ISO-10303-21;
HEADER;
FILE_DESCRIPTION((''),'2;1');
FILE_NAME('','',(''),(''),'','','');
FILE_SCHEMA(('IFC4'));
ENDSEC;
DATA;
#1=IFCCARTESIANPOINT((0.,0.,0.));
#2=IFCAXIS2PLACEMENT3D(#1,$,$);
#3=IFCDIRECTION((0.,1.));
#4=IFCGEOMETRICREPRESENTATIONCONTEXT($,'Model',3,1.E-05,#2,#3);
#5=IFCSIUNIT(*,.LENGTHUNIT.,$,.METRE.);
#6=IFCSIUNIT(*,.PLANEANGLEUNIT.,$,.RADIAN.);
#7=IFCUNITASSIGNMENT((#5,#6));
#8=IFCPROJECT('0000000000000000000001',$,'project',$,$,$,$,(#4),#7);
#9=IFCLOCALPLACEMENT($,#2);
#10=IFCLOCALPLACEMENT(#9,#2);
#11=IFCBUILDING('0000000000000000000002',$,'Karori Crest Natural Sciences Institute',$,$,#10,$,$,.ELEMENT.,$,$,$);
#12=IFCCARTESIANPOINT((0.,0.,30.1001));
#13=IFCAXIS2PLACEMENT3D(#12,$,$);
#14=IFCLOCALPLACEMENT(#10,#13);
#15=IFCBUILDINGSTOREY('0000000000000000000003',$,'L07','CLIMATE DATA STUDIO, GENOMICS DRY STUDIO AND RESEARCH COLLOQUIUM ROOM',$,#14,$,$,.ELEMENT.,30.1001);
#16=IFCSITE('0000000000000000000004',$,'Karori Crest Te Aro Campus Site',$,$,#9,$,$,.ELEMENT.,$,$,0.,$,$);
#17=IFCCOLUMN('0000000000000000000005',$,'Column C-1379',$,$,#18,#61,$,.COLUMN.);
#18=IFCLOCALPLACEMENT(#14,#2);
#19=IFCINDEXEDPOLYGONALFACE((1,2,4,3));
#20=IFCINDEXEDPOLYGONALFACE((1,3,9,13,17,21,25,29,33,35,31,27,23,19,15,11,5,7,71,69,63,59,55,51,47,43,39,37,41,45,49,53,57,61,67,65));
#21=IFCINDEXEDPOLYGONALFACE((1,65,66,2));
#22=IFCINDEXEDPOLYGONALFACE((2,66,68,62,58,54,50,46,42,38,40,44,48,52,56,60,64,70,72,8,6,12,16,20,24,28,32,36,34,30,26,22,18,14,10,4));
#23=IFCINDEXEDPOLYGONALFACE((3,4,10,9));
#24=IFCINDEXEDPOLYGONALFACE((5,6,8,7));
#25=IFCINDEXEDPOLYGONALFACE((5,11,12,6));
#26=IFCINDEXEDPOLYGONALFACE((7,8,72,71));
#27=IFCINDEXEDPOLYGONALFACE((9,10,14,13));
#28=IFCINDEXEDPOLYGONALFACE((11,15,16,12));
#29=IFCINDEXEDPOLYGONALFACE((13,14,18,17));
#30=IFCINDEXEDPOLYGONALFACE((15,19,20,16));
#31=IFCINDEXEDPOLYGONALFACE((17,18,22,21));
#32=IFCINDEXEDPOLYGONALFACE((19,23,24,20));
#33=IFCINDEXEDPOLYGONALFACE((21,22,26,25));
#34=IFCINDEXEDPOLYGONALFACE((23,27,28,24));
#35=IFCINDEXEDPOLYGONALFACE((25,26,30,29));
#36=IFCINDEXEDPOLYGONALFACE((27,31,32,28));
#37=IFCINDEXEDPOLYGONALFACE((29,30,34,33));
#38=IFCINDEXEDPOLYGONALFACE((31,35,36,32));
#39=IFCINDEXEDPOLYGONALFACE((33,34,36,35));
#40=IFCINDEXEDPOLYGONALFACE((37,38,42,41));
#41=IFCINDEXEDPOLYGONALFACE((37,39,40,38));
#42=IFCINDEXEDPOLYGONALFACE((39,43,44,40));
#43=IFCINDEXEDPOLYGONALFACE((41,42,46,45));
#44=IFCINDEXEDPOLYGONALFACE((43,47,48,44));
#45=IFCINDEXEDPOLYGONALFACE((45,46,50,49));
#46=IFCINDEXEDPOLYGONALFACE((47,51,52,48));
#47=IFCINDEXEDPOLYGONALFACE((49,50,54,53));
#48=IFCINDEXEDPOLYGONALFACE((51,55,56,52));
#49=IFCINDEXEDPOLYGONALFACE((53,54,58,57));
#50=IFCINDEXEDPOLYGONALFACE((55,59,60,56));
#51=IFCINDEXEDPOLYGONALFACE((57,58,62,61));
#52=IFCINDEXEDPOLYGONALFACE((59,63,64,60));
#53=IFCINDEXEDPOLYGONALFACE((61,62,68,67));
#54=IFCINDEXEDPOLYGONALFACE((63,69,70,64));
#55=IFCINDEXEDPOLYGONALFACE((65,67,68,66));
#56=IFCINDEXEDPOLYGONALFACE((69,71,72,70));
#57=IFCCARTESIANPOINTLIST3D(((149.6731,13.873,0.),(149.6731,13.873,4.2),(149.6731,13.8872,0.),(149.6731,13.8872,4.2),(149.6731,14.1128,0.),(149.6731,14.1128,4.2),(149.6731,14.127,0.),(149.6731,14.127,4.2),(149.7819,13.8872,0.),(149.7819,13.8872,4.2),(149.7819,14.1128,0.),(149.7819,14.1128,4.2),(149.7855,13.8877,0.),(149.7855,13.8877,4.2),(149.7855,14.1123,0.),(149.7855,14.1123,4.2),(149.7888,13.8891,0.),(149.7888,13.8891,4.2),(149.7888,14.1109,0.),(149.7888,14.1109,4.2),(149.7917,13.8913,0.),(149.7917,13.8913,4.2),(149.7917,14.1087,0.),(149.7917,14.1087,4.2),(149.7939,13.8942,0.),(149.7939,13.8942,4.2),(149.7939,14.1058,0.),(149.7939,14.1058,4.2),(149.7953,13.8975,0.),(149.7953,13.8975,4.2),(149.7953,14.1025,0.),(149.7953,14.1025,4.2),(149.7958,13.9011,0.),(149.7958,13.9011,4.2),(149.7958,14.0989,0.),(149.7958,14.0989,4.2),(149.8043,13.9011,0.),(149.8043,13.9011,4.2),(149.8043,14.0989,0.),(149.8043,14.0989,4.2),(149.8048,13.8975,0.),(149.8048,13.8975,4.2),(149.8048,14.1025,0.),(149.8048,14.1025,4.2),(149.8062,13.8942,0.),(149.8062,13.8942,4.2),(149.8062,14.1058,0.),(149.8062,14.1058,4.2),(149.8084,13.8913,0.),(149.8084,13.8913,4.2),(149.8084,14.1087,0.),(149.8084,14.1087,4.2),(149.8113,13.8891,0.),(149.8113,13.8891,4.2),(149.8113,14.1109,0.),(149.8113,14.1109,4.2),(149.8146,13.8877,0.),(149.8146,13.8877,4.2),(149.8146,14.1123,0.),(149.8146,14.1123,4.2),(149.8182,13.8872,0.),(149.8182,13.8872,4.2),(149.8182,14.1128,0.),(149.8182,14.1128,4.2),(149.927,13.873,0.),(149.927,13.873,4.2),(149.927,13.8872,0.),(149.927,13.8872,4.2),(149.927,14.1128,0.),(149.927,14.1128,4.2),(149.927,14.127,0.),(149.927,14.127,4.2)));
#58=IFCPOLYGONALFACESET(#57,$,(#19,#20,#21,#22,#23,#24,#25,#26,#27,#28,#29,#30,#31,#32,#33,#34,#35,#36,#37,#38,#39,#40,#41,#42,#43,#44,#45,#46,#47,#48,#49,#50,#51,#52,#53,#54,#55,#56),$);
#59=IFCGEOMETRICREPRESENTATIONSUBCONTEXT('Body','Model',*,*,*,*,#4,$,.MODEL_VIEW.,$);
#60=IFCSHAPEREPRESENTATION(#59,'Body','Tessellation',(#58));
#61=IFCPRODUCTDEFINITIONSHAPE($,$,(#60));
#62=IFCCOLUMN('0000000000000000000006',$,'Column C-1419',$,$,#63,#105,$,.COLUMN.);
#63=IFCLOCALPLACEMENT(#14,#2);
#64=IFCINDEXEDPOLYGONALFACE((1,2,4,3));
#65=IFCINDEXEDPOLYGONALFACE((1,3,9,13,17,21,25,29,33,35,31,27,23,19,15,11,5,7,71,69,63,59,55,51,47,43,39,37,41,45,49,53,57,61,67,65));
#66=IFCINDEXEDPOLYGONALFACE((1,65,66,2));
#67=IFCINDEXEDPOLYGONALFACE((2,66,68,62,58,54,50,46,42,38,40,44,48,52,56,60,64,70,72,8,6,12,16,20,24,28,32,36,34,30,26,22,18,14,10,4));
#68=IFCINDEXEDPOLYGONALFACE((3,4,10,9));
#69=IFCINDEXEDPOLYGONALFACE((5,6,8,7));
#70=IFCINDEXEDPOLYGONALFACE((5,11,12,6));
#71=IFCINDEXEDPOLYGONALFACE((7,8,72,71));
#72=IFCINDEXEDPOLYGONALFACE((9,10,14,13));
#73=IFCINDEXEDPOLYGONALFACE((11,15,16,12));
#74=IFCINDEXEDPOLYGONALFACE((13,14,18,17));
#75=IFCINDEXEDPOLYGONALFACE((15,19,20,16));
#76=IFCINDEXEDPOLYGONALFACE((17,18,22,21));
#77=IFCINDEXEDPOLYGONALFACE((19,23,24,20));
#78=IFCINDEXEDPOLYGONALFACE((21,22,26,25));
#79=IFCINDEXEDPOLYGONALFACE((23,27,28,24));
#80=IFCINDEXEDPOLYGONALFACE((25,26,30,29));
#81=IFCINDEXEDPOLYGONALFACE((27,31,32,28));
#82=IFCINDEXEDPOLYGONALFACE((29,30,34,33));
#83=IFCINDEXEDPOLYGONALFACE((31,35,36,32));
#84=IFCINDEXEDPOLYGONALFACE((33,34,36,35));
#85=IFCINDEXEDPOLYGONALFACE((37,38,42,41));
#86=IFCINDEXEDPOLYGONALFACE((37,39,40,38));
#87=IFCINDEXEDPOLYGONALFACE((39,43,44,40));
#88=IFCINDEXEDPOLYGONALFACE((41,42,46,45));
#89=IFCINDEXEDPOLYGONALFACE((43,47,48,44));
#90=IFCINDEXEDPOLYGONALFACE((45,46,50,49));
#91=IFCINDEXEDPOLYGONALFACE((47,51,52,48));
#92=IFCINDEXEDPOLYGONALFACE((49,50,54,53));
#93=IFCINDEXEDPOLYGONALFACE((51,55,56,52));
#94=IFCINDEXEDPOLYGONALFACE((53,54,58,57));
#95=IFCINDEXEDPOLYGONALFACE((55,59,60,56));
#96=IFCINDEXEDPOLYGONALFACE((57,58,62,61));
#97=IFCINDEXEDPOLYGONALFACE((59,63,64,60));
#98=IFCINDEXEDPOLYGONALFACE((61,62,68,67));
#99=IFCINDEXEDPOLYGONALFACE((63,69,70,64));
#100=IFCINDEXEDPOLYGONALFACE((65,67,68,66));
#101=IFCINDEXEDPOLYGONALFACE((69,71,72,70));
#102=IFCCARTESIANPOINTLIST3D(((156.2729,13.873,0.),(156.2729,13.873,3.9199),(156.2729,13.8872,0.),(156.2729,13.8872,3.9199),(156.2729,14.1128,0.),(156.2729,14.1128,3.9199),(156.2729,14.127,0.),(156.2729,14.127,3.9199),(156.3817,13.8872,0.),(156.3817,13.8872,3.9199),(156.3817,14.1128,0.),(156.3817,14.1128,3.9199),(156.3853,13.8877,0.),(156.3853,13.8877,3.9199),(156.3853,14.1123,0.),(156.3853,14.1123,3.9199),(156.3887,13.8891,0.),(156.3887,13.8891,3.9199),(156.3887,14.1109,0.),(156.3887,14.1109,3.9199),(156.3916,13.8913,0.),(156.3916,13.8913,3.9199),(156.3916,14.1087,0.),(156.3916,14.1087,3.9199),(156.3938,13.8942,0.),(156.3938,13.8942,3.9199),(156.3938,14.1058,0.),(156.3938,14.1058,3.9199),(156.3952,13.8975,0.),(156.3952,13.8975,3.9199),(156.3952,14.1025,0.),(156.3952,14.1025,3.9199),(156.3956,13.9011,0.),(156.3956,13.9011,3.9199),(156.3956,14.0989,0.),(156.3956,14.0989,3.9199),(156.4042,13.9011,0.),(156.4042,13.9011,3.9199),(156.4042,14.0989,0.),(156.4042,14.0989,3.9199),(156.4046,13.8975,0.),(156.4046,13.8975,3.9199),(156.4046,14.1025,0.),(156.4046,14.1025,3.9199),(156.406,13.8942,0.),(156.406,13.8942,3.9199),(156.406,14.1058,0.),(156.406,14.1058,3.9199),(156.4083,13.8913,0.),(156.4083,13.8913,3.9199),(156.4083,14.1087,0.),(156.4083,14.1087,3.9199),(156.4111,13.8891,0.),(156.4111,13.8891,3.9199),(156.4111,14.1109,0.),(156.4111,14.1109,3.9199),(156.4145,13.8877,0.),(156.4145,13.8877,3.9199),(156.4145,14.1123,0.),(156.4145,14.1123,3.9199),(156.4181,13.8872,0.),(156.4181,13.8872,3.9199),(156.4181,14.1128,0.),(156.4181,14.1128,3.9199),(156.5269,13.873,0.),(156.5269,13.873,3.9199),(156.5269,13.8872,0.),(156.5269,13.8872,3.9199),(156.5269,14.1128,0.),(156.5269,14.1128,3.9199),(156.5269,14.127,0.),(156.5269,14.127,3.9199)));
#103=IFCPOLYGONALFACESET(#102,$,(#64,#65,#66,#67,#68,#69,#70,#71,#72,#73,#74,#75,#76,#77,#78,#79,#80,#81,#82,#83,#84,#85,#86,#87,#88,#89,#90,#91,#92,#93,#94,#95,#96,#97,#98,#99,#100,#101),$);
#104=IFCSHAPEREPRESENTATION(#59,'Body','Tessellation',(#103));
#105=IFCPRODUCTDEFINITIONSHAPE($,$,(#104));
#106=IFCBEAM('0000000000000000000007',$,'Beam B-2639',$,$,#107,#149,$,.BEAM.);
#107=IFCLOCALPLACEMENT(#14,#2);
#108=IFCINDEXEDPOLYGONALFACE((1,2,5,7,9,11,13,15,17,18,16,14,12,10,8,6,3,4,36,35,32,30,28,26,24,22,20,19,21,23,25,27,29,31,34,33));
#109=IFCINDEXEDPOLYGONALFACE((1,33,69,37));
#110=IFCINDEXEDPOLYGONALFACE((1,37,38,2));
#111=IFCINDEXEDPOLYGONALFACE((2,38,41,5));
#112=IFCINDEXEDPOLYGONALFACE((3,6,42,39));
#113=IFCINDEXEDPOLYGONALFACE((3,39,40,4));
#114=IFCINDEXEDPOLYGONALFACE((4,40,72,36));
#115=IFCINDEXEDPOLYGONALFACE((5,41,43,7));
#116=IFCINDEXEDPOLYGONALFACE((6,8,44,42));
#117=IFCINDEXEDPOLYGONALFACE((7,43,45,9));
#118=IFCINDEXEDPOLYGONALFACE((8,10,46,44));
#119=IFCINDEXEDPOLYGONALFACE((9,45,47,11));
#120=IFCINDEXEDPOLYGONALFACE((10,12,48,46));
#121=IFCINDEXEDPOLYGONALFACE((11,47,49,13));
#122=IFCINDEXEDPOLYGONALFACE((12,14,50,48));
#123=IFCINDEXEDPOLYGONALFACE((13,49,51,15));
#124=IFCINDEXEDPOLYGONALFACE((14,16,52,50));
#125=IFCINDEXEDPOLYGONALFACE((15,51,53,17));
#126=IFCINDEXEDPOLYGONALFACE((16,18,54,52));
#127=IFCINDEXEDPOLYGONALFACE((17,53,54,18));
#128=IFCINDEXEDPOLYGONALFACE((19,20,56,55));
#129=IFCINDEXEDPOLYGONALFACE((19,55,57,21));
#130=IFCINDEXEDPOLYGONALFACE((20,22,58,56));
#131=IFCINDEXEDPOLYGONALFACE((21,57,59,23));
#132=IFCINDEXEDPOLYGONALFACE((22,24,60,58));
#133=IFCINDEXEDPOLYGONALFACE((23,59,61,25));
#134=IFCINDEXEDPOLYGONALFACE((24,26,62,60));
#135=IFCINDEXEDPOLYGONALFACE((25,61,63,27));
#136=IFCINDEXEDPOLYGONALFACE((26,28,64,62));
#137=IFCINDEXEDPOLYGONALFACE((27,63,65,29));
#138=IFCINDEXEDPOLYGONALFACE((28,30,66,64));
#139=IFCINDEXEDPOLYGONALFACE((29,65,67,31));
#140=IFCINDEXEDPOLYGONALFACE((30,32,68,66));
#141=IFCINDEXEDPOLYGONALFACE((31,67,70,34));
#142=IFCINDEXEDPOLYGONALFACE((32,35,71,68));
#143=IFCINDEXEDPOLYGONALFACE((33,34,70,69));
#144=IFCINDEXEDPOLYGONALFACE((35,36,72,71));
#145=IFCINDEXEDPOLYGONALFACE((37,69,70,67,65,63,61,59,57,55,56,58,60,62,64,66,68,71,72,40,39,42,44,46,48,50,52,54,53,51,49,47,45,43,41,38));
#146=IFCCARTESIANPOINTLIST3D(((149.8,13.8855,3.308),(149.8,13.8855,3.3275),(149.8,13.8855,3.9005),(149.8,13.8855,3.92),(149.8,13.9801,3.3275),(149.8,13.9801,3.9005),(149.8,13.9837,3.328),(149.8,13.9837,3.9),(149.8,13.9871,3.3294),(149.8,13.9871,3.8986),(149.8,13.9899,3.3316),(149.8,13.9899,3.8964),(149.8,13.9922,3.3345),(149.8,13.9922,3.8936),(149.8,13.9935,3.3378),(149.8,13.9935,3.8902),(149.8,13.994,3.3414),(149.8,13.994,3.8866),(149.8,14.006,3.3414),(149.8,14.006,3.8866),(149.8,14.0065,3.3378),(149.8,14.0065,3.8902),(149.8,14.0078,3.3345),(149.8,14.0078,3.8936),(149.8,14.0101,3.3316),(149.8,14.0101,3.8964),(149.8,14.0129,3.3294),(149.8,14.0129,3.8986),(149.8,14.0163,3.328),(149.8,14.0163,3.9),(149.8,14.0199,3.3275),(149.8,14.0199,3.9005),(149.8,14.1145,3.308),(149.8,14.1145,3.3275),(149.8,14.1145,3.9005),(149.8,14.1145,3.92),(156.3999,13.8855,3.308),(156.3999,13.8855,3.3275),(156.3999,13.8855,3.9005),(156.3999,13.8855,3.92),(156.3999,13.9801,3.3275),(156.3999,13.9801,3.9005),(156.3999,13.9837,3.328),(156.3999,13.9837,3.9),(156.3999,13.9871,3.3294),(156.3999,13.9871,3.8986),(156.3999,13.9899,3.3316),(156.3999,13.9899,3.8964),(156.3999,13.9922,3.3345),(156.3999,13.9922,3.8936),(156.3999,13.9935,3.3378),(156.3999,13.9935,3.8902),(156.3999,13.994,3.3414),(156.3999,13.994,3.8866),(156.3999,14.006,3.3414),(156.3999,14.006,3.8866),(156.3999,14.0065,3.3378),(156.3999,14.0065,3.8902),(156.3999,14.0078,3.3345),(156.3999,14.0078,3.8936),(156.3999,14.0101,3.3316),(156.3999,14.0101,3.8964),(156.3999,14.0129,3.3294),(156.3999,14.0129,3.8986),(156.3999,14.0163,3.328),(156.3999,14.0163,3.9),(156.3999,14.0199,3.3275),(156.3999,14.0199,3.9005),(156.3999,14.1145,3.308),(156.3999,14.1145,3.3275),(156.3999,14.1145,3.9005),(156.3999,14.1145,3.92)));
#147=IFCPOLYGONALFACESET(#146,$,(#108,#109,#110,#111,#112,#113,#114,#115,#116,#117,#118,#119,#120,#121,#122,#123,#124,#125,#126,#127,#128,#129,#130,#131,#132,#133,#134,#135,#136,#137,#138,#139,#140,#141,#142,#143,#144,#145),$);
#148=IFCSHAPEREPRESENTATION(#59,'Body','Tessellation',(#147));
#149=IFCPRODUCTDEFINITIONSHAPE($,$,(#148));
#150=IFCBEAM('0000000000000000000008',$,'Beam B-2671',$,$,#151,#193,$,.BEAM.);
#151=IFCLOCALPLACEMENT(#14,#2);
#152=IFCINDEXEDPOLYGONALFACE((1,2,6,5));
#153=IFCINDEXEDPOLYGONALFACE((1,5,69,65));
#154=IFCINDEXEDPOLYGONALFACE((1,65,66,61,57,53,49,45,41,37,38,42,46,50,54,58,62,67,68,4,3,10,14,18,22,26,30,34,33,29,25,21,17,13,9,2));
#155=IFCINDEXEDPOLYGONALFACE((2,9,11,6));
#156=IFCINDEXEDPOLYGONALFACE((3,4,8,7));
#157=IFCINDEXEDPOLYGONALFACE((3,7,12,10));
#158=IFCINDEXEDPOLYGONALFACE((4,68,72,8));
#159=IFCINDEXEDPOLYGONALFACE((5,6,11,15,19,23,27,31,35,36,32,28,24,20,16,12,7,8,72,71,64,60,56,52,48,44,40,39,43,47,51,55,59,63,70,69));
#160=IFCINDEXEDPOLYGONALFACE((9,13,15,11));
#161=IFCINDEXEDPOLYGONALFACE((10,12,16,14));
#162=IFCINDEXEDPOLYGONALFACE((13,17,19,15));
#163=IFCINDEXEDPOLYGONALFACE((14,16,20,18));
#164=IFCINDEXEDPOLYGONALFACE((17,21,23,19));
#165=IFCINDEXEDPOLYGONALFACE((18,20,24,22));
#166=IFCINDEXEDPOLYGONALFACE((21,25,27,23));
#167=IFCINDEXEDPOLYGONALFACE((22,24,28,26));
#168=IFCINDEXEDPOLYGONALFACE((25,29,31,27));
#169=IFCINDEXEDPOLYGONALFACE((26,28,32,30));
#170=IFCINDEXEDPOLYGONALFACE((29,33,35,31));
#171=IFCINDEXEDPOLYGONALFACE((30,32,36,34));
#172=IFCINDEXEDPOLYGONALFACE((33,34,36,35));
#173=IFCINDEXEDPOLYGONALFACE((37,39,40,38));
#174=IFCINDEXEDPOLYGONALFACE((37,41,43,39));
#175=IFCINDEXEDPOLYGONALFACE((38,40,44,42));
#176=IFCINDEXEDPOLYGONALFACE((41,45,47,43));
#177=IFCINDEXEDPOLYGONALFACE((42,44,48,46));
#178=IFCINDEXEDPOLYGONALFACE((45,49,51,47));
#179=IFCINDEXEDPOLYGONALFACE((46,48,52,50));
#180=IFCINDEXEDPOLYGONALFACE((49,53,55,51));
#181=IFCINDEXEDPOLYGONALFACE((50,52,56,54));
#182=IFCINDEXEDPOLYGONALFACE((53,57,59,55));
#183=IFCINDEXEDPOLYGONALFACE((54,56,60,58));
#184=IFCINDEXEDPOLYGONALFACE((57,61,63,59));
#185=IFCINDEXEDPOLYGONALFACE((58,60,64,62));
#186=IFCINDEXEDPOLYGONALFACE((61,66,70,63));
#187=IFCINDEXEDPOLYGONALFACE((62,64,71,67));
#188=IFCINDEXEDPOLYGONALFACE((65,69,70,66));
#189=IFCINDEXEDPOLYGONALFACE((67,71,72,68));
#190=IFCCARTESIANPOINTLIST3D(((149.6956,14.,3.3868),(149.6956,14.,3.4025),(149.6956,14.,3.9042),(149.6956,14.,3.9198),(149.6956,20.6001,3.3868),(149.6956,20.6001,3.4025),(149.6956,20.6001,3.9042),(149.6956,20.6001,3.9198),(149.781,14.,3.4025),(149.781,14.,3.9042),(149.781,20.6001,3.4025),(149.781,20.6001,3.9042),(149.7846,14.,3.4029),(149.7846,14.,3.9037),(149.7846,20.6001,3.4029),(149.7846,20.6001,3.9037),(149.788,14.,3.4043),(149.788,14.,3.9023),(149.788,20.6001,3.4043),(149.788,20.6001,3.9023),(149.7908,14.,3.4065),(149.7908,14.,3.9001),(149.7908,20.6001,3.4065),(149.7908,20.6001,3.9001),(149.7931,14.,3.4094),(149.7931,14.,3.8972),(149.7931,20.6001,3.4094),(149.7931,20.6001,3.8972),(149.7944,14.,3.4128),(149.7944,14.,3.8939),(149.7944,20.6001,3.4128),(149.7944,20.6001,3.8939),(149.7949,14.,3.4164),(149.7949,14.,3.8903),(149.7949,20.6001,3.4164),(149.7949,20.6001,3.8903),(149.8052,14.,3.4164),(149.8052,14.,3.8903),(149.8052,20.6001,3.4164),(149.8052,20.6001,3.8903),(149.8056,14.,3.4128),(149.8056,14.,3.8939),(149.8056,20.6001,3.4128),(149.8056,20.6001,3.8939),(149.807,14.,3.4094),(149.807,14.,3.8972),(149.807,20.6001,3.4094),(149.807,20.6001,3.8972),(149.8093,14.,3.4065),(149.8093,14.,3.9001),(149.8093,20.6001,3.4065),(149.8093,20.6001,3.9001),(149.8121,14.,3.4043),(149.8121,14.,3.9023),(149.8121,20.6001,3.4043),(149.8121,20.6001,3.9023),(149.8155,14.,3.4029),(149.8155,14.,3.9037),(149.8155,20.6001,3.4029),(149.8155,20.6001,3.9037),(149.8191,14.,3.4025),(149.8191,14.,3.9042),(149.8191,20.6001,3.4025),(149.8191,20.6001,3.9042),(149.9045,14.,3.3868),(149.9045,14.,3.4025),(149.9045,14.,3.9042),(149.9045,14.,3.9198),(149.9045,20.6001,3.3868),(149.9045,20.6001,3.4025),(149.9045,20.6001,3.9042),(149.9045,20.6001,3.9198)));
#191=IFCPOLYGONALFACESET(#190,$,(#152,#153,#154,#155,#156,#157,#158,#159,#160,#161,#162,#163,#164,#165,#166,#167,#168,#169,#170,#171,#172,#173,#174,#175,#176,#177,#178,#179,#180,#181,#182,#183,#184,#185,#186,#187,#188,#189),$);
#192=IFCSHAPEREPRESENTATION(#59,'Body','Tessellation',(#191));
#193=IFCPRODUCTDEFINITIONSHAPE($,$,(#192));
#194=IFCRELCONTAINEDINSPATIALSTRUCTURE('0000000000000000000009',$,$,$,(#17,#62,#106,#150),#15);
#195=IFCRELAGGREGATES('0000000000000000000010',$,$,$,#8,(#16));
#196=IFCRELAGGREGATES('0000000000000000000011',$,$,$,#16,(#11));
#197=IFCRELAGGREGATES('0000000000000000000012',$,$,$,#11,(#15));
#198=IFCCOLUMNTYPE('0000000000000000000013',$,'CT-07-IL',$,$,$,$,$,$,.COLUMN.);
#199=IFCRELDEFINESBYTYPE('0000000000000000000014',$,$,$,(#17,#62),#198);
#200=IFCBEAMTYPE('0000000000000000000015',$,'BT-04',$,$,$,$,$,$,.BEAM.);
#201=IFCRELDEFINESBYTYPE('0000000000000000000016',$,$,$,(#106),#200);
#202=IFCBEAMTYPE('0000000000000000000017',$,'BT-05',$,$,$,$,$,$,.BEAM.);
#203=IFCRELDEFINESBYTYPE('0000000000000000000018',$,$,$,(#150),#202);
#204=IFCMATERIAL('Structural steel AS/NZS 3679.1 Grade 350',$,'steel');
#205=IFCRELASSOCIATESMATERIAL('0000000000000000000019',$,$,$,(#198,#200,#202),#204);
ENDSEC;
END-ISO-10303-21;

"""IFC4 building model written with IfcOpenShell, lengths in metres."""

from ifc_helpers import new_model, si_unit, direction, frame, origin, origin_2d, place, context, subcontext, project, spatial, i_section, extrude, material, material_profile, profile_set, type_object, element, save


model = new_model("IFC4")

# Units and contexts
model_context = context("Model", 3, precision=1e-05, world=origin(), true_north=direction((0.0, 1.0)))
body_context = subcontext(model_context, "Body", "Model", "MODEL_VIEW")
ifc_project = project(units=[si_unit("LENGTHUNIT", "METRE"), si_unit("PLANEANGLEUNIT", "RADIAN")], contexts=[model_context])

# Site, building, storey
site_placement = place(None, origin())
site = spatial("IfcSite", under=ifc_project, at=site_placement, Name="Karori Crest Te Aro Campus Site", CompositionType="ELEMENT", RefElevation=0.0)
building_placement = place(site_placement, origin())
building = spatial("IfcBuilding", under=site, at=building_placement, Name="Karori Crest Natural Sciences Institute", CompositionType="ELEMENT")
storey_placement = place(building_placement, frame((0.0, 0.0, 30.1001)))
storey = spatial("IfcBuildingStorey", under=building, at=storey_placement, Name="L07", Description="CLIMATE DATA STUDIO, GENOMICS DRY STUDIO AND RESEARCH COLLOQUIUM ROOM", CompositionType="ELEMENT", Elevation=30.1001)

# Columns
ifc_material_1 = material(Name="Structural steel AS/NZS 3679.1 Grade 350", Category="steel")
ifc_material_profile_1 = material_profile(ifc_material_1, i_section(OverallWidth=0.2539, OverallDepth=0.2539, WebThickness=0.0085, FlangeThickness=0.0142, FilletRadius=0.0139, at=origin_2d()), Name="250UC72.9")
ifc_profile_set_1 = profile_set([ifc_material_profile_1], Name="Structural steel AS/NZS 3679.1 Grade 350")
column_type = type_object("IfcColumnType", Name="CT-07-IL", PredefinedType="COLUMN", material=ifc_profile_set_1)
column_1_placement = place(storey_placement, frame((149.8, 14.0, 0.0), z_axis=(0.0, 0.0, 1.0), x_axis=(1.0, 0.0, 0.0)))
element("IfcColumn", 1, at=column_1_placement, inside=storey, type_object=column_type, Name="Column C-1379", PredefinedType="COLUMN", context=body_context, shape_type="SweptSolid", body=[
    extrude(i_section(OverallWidth=0.2539, OverallDepth=0.2539, WebThickness=0.0085, FlangeThickness=0.0142, FilletRadius=0.0139, at=origin_2d()), origin(), (0.0, 0.0, 1.0), 4.2),
])
column_2_placement = place(storey_placement, frame((156.3999, 14.0, 0.0), z_axis=(0.0, 0.0, 1.0), x_axis=(1.0, 0.0, 0.0)))
element("IfcColumn", 2, at=column_2_placement, inside=storey, type_object=column_type, Name="Column C-1419", PredefinedType="COLUMN", context=body_context, shape_type="SweptSolid", body=[
    extrude(i_section(OverallWidth=0.2539, OverallDepth=0.2539, WebThickness=0.0085, FlangeThickness=0.0142, FilletRadius=0.0139, at=origin_2d()), origin(), (0.0, 0.0, 1.0), 3.9199),
])

# Beams
ifc_material_profile_2 = material_profile(ifc_material_1, i_section(OverallWidth=0.229, OverallDepth=0.6121, WebThickness=0.012, FlangeThickness=0.0195, FilletRadius=0.0139, at=origin_2d()), Name="610UB125")
ifc_profile_set_2 = profile_set([ifc_material_profile_2], Name="Structural steel AS/NZS 3679.1 Grade 350")
beam_type_1 = type_object("IfcBeamType", Name="BT-04", PredefinedType="BEAM", material=ifc_profile_set_2)
beam_1_placement = place(storey_placement, frame((149.8, 14.0, 3.614), z_axis=(1.0, 0.0, 0.0), x_axis=(0.0, 1.0, 0.0)))
element("IfcBeam", 3, at=beam_1_placement, inside=storey, type_object=beam_type_1, Name="Beam B-2639", PredefinedType="BEAM", context=body_context, shape_type="SweptSolid", body=[
    extrude(i_section(OverallWidth=0.229, OverallDepth=0.6121, WebThickness=0.012, FlangeThickness=0.0195, FilletRadius=0.0139, at=origin_2d()), origin(), (0.0, 0.0, 1.0), 6.5999),
])
ifc_material_profile_3 = material_profile(ifc_material_1, i_section(OverallWidth=0.209, OverallDepth=0.533, WebThickness=0.0103, FlangeThickness=0.0156, FilletRadius=0.0139, at=origin_2d()), Name="530UB92.4")
ifc_profile_set_3 = profile_set([ifc_material_profile_3], Name="Structural steel AS/NZS 3679.1 Grade 350")
beam_type_2 = type_object("IfcBeamType", Name="BT-05", PredefinedType="BEAM", material=ifc_profile_set_3)
beam_2_placement = place(storey_placement, frame((149.8, 14.0, 3.6533), z_axis=(0.0, 1.0, 0.0), x_axis=(-1.0, 0.0, 0.0)))
element("IfcBeam", 4, at=beam_2_placement, inside=storey, type_object=beam_type_2, Name="Beam B-2671", PredefinedType="BEAM", context=body_context, shape_type="SweptSolid", body=[
    extrude(i_section(OverallWidth=0.209, OverallDepth=0.533, WebThickness=0.0103, FlangeThickness=0.0156, FilletRadius=0.0139, at=origin_2d()), origin(), (0.0, 0.0, 1.0), 6.6001),
])

save(model, "model.ifc")
